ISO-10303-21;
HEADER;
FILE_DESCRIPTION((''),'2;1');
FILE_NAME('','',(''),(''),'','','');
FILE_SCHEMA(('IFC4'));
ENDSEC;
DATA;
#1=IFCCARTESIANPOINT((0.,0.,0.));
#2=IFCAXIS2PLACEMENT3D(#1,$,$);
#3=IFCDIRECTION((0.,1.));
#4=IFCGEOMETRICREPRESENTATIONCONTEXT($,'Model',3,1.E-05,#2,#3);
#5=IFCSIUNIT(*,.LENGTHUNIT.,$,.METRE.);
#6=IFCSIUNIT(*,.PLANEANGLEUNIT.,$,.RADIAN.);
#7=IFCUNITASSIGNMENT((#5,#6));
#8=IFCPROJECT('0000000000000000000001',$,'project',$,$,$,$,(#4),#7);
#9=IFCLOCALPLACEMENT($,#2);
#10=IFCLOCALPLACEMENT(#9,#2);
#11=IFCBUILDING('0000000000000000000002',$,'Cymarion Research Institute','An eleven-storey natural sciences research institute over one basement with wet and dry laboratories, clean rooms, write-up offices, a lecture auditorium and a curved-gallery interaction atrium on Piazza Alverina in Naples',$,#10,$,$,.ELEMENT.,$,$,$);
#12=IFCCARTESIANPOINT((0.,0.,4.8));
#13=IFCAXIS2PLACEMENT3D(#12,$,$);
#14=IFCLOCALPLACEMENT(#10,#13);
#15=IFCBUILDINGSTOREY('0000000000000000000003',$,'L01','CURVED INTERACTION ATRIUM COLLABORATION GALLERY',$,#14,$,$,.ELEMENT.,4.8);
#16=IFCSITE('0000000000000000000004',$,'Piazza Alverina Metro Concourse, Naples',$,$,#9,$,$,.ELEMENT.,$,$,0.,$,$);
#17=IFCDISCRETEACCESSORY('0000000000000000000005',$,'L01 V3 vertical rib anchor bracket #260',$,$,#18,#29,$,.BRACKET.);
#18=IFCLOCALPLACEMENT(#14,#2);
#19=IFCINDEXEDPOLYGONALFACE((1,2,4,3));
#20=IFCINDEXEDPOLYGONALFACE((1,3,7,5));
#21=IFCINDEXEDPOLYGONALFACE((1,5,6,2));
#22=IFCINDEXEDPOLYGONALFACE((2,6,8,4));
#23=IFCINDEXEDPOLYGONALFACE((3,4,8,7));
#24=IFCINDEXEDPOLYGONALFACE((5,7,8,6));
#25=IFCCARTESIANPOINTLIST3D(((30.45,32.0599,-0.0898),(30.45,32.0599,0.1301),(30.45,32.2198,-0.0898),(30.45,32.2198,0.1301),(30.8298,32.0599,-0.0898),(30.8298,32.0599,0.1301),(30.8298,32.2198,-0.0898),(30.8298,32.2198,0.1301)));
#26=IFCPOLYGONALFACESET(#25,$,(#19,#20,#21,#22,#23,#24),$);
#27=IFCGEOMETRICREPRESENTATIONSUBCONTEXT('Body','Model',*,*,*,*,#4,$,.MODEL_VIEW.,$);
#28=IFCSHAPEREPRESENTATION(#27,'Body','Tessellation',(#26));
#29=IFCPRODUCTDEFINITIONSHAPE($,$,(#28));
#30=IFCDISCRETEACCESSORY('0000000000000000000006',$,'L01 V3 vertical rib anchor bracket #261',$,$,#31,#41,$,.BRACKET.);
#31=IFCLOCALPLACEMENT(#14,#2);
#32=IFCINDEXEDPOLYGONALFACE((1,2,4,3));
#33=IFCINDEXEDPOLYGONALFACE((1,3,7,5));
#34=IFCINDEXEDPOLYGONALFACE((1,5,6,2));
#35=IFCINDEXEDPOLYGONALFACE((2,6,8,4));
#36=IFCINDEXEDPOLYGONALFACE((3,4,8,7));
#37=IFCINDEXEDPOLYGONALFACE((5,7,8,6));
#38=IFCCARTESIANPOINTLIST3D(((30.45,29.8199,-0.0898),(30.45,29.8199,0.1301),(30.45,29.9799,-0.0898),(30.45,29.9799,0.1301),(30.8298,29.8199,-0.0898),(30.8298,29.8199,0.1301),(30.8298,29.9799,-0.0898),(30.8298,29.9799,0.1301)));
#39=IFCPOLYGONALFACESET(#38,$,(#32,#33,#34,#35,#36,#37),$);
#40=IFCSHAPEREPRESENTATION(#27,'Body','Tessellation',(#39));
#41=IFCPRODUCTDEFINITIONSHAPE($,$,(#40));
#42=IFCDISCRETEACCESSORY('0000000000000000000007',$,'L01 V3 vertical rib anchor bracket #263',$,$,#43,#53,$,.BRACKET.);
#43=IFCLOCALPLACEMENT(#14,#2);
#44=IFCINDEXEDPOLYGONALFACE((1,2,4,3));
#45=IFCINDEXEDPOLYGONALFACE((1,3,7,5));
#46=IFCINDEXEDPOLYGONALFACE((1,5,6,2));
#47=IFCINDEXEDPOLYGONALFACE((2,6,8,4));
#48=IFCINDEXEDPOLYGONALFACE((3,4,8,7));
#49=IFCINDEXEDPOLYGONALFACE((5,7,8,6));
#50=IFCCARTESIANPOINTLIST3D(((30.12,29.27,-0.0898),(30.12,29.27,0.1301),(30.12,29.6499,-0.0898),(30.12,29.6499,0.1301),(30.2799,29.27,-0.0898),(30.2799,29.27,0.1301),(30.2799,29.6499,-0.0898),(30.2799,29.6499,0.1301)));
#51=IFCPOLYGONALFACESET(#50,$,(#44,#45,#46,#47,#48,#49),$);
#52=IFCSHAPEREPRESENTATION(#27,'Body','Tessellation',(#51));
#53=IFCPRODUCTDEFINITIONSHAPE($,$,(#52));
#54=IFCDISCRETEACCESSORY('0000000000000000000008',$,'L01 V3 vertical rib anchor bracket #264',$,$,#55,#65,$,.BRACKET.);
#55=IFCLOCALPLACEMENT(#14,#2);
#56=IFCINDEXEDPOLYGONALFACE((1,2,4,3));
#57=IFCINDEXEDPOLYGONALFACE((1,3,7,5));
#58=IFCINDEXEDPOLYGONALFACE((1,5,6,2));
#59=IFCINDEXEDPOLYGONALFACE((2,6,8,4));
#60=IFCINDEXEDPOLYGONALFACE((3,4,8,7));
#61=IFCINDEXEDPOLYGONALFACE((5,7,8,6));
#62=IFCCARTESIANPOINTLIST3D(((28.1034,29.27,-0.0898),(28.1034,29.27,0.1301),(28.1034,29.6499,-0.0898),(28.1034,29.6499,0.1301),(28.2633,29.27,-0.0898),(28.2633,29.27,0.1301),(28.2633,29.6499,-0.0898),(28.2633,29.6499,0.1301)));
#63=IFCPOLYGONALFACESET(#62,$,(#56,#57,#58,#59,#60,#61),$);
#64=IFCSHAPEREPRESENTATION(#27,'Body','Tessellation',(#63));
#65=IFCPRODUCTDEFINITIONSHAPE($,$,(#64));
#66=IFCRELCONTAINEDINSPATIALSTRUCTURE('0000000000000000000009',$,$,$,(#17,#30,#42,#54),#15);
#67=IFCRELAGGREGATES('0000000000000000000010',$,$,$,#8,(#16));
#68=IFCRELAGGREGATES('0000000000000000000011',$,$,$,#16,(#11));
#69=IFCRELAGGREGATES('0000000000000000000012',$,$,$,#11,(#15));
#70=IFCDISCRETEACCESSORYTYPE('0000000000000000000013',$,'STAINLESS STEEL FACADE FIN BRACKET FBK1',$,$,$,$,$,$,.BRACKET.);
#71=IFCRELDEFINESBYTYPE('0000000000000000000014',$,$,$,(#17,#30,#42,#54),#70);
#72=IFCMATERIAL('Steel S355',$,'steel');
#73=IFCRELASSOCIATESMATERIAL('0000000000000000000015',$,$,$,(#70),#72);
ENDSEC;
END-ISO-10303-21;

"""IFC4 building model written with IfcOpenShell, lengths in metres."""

from ifc_helpers import new_model, si_unit, direction, frame, origin, origin_2d, place, context, subcontext, project, spatial, rectangle, extrude, material, type_object, element, save


model = new_model("IFC4")

# Units and contexts
model_context = context("Model", 3, precision=1e-05, world=origin(), true_north=direction((0.0, 1.0)))
body_context = subcontext(model_context, "Body", "Model", "MODEL_VIEW")
ifc_project = project(units=[si_unit("LENGTHUNIT", "METRE"), si_unit("PLANEANGLEUNIT", "RADIAN")], contexts=[model_context])

# Site, building, storey
site_placement = place(None, origin())
site = spatial("IfcSite", under=ifc_project, at=site_placement, Name="Piazza Alverina Metro Concourse, Naples", CompositionType="ELEMENT", RefElevation=0.0)
building_placement = place(site_placement, origin())
building = spatial("IfcBuilding", under=site, at=building_placement, Name="Cymarion Research Institute", Description="An eleven-storey natural sciences research institute over one basement with wet and dry laboratories, clean rooms, write-up offices, a lecture auditorium and a curved-gallery interaction atrium on Piazza Alverina in Naples", CompositionType="ELEMENT")
storey_placement = place(building_placement, frame((0.0, 0.0, 4.8)))
storey = spatial("IfcBuildingStorey", under=building, at=storey_placement, Name="L01", Description="CURVED INTERACTION ATRIUM COLLABORATION GALLERY", CompositionType="ELEMENT", Elevation=4.8)

# Shared definitions
ifc_material_1 = material(Name="Steel S355", Category="steel")

# Discrete accessories
discrete_accessory_type = type_object("IfcDiscreteAccessoryType", Name="STAINLESS STEEL FACADE FIN BRACKET FBK1", PredefinedType="BRACKET", material=ifc_material_1)
for number, where, z_axis, x_axis, name in (
    (1, (30.6399, 32.1399, -0.0898), (0.0, 0.0, 1.0), (-1.0, 0.0, 0.0), "L01 V3 vertical rib anchor bracket #260"),
    (2, (30.6399, 29.8999, -0.0898), (0.0, 0.0, 1.0), (-1.0, 0.0, 0.0), "L01 V3 vertical rib anchor bracket #261"),
    (3, (30.2, 29.46, -0.0898), (0.0, 0.0, 1.0), (0.0, 1.0, 0.0), "L01 V3 vertical rib anchor bracket #263"),
    (4, (28.1833, 29.46, -0.0898), (0.0, 0.0, 1.0), (0.0, 1.0, 0.0), "L01 V3 vertical rib anchor bracket #264"),
):
    element("IfcDiscreteAccessory", number, at=place(storey_placement, frame(where, z_axis=z_axis, x_axis=x_axis)), inside=storey, type_object=discrete_accessory_type, Name=name, PredefinedType="BRACKET", context=body_context, shape_type="SweptSolid", body=[
        extrude(rectangle(XDim=0.3799, YDim=0.1599, at=origin_2d()), origin(), (0.0, 0.0, 1.0), 0.22),
    ])

save(model, "model.ifc")
